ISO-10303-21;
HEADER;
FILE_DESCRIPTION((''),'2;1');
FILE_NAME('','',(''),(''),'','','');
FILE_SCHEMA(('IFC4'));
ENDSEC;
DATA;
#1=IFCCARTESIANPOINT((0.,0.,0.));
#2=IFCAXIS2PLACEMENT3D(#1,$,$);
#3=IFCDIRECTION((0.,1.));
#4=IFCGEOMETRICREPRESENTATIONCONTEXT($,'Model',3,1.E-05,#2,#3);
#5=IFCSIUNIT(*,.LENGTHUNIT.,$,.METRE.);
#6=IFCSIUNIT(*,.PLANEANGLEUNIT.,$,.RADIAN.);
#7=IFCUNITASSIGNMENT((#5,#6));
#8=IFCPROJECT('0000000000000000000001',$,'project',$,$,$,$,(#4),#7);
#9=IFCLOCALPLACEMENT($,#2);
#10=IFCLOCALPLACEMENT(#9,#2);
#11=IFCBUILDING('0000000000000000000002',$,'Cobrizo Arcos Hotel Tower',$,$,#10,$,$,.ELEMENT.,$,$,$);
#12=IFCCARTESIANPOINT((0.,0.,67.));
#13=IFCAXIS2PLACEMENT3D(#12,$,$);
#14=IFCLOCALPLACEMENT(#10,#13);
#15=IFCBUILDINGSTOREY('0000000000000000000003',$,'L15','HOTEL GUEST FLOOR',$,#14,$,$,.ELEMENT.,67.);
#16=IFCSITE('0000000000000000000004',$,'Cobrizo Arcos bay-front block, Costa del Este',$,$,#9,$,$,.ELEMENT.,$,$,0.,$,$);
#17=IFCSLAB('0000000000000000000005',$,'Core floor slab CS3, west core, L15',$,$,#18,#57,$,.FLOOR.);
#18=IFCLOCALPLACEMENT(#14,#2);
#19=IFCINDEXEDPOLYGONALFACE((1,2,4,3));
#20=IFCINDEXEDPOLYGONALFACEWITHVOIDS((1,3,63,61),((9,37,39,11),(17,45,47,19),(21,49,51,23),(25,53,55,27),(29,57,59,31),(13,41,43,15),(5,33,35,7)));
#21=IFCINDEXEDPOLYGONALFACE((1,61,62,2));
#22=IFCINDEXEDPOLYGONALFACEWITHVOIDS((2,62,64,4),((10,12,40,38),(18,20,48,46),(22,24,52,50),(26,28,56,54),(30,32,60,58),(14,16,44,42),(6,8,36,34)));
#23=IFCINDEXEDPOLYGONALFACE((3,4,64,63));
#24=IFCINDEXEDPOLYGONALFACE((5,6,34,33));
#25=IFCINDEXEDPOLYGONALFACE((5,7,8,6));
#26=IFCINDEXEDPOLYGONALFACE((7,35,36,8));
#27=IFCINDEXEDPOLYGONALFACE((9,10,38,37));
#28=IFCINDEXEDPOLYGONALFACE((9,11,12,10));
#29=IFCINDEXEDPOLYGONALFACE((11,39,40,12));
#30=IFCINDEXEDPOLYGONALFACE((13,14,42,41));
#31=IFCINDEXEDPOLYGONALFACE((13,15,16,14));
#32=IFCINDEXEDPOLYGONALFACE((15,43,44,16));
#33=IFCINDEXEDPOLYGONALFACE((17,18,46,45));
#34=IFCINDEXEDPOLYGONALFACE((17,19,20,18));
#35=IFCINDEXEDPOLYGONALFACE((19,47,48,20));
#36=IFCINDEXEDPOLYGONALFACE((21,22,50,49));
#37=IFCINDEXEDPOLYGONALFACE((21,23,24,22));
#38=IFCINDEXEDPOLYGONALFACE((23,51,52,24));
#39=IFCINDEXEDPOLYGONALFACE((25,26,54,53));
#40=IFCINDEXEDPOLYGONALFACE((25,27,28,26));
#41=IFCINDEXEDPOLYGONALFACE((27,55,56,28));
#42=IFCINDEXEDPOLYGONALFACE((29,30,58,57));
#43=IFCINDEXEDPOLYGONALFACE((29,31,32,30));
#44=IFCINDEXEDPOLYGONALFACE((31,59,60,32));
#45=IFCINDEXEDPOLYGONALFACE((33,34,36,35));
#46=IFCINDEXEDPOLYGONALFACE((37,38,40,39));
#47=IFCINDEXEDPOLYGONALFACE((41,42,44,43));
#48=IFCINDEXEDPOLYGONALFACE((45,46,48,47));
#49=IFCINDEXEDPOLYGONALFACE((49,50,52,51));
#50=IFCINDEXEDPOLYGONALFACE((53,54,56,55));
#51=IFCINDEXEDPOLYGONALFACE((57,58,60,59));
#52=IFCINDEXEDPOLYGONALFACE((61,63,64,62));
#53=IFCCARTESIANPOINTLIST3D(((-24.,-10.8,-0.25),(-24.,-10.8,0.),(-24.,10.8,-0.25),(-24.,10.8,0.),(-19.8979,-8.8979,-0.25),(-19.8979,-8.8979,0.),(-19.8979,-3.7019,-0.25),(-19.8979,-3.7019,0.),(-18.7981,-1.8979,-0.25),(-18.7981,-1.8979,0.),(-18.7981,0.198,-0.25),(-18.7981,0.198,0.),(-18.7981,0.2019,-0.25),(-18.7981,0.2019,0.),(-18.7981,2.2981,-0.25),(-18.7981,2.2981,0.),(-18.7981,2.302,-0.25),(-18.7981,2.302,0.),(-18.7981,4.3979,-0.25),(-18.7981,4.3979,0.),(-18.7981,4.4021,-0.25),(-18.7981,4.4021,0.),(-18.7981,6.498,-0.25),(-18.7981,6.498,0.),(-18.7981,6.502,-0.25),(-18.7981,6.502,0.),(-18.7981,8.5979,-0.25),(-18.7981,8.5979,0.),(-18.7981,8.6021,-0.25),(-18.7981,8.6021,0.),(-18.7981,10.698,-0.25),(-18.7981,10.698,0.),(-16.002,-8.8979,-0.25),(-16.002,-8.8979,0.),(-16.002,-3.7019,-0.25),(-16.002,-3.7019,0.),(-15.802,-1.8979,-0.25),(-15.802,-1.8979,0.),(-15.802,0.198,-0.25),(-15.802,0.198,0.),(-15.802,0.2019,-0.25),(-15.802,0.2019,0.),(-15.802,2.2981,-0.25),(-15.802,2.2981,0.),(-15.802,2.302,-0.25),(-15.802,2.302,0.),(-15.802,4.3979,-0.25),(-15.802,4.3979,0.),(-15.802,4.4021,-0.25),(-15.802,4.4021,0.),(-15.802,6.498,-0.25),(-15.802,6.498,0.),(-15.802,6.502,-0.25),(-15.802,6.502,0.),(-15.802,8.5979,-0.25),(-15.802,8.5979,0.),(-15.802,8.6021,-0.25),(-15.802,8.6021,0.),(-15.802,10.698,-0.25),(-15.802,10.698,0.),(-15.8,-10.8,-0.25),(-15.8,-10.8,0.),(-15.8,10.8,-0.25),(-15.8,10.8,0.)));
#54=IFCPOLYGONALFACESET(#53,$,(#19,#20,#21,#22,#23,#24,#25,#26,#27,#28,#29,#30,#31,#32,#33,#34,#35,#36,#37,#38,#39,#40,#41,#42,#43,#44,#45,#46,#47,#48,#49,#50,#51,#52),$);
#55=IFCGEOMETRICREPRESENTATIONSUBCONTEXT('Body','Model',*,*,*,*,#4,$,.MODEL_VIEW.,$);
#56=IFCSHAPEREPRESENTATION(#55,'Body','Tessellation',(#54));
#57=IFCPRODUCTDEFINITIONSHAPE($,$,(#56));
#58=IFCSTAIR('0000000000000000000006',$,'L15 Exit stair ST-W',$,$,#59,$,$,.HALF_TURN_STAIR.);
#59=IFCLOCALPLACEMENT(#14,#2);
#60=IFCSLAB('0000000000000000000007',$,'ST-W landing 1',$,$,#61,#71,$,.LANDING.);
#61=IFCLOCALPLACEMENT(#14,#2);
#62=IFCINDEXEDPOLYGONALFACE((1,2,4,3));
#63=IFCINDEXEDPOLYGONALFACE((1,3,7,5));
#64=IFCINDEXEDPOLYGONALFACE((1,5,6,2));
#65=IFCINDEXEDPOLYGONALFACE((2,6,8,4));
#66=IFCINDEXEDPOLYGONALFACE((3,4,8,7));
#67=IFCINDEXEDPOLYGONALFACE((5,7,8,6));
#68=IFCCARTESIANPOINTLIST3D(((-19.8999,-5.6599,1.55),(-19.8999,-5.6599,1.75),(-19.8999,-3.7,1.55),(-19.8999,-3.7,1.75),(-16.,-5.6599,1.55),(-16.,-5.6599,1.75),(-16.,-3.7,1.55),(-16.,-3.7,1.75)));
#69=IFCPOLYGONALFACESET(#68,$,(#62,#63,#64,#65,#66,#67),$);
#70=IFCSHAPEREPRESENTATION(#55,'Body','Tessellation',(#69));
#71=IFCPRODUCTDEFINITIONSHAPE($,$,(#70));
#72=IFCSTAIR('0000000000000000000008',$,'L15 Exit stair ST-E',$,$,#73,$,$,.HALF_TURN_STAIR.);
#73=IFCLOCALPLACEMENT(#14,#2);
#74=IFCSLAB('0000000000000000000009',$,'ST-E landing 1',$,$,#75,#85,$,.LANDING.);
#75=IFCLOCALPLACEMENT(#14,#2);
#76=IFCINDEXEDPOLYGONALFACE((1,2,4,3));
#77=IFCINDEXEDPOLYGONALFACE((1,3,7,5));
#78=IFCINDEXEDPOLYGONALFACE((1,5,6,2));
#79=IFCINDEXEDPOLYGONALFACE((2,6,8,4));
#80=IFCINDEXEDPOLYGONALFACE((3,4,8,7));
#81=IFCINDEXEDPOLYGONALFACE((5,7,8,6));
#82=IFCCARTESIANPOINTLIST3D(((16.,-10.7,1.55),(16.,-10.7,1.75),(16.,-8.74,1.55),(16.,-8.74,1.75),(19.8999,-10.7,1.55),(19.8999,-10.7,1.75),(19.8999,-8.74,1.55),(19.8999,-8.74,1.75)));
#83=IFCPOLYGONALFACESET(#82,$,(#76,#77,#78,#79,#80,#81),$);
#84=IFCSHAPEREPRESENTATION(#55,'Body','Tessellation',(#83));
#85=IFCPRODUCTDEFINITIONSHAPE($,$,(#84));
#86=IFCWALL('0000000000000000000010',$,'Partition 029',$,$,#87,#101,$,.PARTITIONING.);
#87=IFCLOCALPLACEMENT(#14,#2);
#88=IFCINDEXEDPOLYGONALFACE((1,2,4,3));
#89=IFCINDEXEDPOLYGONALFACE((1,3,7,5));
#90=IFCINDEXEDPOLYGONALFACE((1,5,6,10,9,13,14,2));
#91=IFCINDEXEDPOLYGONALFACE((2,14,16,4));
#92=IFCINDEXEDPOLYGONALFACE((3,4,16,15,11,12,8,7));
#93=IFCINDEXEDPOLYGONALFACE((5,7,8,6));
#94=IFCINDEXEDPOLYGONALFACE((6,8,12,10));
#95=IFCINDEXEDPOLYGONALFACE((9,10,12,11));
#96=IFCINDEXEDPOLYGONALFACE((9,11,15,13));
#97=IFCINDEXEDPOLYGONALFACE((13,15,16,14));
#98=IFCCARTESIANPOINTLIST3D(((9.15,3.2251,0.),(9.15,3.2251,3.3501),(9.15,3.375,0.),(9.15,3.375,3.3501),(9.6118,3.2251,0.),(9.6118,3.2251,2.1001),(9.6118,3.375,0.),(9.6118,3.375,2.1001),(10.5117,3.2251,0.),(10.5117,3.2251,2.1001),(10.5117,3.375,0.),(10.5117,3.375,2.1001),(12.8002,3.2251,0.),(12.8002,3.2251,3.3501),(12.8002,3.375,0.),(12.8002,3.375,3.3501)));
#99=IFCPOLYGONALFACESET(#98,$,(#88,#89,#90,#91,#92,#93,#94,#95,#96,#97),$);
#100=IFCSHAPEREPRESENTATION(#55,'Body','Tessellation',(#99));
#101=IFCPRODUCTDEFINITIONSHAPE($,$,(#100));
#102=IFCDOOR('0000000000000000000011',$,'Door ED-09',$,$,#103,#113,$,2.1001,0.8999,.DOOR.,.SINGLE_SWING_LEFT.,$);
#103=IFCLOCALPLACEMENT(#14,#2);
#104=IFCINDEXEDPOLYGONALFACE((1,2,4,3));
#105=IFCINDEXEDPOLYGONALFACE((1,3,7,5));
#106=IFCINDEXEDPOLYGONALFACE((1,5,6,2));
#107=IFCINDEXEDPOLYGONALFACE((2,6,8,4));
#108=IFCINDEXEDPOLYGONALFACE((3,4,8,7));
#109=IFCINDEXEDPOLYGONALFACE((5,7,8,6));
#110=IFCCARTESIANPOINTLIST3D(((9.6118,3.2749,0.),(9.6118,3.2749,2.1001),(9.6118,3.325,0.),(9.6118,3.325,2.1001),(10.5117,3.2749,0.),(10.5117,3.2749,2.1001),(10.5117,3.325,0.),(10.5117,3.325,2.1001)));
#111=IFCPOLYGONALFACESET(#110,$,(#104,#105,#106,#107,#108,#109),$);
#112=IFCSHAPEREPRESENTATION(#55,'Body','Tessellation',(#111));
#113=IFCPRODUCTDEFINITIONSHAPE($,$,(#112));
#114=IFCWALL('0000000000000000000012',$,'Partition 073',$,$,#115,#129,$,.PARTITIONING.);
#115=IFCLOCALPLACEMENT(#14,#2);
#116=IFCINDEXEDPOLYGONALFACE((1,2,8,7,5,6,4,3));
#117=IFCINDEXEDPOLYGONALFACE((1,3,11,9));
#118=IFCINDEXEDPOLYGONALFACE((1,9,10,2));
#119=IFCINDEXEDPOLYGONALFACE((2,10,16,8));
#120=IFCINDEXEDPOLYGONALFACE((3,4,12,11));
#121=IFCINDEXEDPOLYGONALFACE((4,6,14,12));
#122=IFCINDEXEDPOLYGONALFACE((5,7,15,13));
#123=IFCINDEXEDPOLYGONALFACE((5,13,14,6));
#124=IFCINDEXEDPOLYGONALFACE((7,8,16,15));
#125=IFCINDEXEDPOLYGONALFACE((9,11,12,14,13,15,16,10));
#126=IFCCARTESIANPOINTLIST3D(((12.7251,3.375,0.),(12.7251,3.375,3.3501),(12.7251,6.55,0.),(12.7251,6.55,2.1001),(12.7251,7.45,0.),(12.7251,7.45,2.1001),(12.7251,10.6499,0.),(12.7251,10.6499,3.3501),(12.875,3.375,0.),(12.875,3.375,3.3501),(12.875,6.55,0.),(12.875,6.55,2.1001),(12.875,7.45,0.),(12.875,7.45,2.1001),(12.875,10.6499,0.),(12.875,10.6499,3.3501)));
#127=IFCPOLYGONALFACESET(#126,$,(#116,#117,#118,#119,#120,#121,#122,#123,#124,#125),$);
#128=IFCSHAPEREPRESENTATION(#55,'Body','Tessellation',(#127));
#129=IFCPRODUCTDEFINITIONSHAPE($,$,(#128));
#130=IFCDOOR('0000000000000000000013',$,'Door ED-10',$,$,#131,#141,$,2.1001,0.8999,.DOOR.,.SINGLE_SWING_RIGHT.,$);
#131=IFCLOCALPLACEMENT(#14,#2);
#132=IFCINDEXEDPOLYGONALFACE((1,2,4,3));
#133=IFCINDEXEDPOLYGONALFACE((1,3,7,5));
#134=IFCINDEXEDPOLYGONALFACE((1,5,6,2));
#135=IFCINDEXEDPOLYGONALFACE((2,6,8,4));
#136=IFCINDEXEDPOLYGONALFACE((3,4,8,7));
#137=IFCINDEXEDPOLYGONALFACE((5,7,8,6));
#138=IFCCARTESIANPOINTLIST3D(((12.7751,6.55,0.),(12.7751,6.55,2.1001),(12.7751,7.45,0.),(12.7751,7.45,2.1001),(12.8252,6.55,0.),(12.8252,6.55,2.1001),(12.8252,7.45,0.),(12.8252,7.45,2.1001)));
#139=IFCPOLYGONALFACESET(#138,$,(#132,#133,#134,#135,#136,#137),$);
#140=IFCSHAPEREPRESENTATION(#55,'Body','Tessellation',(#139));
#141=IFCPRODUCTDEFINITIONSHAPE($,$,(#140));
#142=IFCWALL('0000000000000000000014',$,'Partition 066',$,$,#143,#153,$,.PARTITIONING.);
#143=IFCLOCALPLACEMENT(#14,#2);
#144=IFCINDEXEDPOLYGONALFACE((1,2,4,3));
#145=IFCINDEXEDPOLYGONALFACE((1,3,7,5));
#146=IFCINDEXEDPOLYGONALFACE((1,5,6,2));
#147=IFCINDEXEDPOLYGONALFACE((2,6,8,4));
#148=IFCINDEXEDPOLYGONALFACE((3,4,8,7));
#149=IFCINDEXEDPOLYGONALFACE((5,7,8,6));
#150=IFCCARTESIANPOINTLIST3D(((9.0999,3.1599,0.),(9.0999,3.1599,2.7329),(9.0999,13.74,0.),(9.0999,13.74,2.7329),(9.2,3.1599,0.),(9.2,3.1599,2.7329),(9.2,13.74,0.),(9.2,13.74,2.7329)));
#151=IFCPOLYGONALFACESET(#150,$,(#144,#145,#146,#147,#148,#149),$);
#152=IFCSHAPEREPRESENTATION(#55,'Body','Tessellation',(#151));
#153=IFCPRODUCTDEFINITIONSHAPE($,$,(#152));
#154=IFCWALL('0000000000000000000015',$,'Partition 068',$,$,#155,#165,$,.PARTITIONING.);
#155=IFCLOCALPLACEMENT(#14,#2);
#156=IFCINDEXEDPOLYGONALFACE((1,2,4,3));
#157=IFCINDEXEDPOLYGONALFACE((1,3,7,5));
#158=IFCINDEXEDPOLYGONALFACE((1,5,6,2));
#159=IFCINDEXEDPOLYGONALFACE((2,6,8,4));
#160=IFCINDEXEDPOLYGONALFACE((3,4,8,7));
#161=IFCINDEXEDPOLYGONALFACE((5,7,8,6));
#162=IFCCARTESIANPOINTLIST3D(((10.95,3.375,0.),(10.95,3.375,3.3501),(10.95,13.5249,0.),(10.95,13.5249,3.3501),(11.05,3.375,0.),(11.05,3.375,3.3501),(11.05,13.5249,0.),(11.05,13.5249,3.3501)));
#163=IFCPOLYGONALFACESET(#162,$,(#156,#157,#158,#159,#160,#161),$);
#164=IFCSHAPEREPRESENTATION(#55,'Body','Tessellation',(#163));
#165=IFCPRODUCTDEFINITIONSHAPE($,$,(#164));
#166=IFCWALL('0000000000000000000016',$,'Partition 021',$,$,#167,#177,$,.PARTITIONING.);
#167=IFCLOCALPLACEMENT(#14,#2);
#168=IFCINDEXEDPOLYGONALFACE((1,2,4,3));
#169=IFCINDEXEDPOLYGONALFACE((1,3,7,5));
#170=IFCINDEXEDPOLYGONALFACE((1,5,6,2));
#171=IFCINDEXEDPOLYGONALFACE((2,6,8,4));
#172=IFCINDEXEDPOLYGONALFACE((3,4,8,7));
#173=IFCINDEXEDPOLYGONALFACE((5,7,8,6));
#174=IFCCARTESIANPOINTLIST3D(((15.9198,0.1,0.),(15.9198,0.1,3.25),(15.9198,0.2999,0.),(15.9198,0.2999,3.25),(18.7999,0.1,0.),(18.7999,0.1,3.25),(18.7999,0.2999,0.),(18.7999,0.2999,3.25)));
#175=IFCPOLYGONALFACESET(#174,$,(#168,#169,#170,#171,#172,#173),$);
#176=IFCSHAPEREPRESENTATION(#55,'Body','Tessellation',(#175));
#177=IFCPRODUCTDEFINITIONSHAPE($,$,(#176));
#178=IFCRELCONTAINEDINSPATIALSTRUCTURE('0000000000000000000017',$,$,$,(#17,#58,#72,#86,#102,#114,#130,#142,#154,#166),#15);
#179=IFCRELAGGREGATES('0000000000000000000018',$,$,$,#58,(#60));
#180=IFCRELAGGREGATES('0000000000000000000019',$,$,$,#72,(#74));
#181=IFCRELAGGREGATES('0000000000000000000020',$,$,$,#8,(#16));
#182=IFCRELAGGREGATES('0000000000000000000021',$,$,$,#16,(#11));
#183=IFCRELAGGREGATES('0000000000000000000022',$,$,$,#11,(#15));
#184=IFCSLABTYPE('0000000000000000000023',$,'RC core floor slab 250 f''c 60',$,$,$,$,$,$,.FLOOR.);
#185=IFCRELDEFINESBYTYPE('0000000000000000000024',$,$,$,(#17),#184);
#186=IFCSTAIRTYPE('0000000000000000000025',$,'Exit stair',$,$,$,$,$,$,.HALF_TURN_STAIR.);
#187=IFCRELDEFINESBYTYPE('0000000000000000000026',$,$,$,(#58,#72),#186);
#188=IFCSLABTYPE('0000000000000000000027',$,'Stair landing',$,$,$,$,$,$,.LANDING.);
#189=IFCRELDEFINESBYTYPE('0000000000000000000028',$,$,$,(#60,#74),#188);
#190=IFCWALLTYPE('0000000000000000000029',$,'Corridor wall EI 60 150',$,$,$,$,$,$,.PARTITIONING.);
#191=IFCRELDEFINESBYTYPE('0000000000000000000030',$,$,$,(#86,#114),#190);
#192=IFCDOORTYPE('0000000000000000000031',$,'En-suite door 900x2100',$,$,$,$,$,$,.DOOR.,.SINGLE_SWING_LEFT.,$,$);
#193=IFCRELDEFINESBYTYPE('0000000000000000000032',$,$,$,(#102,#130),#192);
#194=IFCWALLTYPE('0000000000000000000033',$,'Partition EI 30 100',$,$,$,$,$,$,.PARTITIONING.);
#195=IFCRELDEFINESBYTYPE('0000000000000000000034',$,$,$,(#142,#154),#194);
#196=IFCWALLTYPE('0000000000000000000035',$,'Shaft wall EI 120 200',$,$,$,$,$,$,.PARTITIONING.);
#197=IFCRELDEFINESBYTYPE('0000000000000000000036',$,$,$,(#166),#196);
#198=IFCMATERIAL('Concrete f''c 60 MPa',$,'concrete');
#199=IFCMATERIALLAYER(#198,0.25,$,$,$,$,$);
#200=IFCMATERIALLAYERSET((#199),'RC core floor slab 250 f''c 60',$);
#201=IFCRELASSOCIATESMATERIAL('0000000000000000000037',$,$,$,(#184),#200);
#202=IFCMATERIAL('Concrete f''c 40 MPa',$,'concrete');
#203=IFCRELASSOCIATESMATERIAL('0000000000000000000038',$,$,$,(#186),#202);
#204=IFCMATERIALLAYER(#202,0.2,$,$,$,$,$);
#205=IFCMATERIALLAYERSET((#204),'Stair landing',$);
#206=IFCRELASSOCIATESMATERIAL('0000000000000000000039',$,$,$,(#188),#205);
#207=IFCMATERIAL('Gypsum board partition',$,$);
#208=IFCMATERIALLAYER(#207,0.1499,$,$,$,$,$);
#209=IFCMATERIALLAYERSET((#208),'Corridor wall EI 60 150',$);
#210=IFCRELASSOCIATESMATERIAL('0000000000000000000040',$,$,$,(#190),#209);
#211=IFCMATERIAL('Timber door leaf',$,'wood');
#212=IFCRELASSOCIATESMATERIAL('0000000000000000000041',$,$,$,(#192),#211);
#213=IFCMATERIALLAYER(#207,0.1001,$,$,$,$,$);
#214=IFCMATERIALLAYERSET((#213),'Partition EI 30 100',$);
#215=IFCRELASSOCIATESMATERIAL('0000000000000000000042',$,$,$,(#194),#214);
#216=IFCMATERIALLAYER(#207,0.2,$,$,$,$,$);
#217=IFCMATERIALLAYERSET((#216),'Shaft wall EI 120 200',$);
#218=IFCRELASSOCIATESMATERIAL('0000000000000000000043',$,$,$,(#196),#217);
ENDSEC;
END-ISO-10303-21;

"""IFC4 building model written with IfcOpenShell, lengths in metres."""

from ifc_helpers import new_model, si_unit, direction, frame, frame_2d, origin, place, context, subcontext, project, spatial, polyline, rectangle, outline, extrude, material, layer, layer_set, type_object, element, fill, aggregate, save


model = new_model("IFC4")

# Units and contexts
model_context = context("Model", 3, precision=1e-05, world=origin(), true_north=direction((0.0, 1.0)))
body_context = subcontext(model_context, "Body", "Model", "MODEL_VIEW")
ifc_project = project(units=[si_unit("LENGTHUNIT", "METRE"), si_unit("PLANEANGLEUNIT", "RADIAN")], contexts=[model_context])

# Site, building, storey
site_placement = place(None, origin())
site = spatial("IfcSite", under=ifc_project, at=site_placement, Name="Cobrizo Arcos bay-front block, Costa del Este", CompositionType="ELEMENT", RefElevation=0.0)
building_placement = place(site_placement, origin())
building = spatial("IfcBuilding", under=site, at=building_placement, Name="Cobrizo Arcos Hotel Tower", CompositionType="ELEMENT")
storey_placement = place(building_placement, frame((0.0, 0.0, 67.0)))
storey = spatial("IfcBuildingStorey", under=building, at=storey_placement, Name="L15", Description="HOTEL GUEST FLOOR", CompositionType="ELEMENT", Elevation=67.0)

# Slab
ifc_material_1 = material(Name="Concrete f'c 60 MPa", Category="concrete")
ifc_layer_1 = layer(ifc_material_1, 0.25)
ifc_layer_set_1 = layer_set([ifc_layer_1], Name="RC core floor slab 250 f'c 60")
slab_type_1 = type_object("IfcSlabType", Name="RC core floor slab 250 f'c 60", PredefinedType="FLOOR", material=ifc_layer_set_1)
slab_1_placement = place(storey_placement, frame((0.0, 0.0, -0.25)))
element("IfcSlab", 1, at=slab_1_placement, inside=storey, type_object=slab_type_1, Name="Core floor slab CS3, west core, L15", PredefinedType="FLOOR", context=body_context, shape_type="SweptSolid", body=[
    extrude(outline(polyline([(-24.0, 10.8), (-15.8, 10.8), (-15.8, -10.8), (-24.0, -10.8), (-24.0, 10.8)]), holes=[polyline([(-19.8979, -3.7019), (-19.8979, -8.8979), (-16.002, -8.8979), (-16.002, -3.7019), (-19.8979, -3.7019)]), polyline([(-18.7981, 0.198), (-18.7981, -1.8979), (-15.802, -1.8979), (-15.802, 0.198), (-18.7981, 0.198)]), polyline([(-15.802, 2.2981), (-18.7981, 2.2981), (-18.7981, 0.2019), (-15.802, 0.2019), (-15.802, 2.2981)]), polyline([(-15.802, 4.3979), (-18.7981, 4.3979), (-18.7981, 2.302), (-15.802, 2.302), (-15.802, 4.3979)]), polyline([(-18.7981, 6.498), (-18.7981, 4.4021), (-15.802, 4.4021), (-15.802, 6.498), (-18.7981, 6.498)]), polyline([(-15.802, 8.5979), (-18.7981, 8.5979), (-18.7981, 6.502), (-15.802, 6.502), (-15.802, 8.5979)]), polyline([(-15.802, 10.698), (-18.7981, 10.698), (-18.7981, 8.6021), (-15.802, 8.6021), (-15.802, 10.698)])]), origin(), (0.0, 0.0, 1.0), 0.25),
])

# Stairs, slabs
ifc_material_2 = material(Name="Concrete f'c 40 MPa", Category="concrete")
stair_type = type_object("IfcStairType", Name="Exit stair", PredefinedType="HALF_TURN_STAIR", material=ifc_material_2)
stair_1_placement = place(storey_placement, origin())
stair_1 = element("IfcStair", 2, at=stair_1_placement, inside=storey, type_object=stair_type, Name="L15 Exit stair ST-W", PredefinedType="HALF_TURN_STAIR")
ifc_layer_2 = layer(ifc_material_2, 0.2)
ifc_layer_set_2 = layer_set([ifc_layer_2], Name="Stair landing")
slab_type_2 = type_object("IfcSlabType", Name="Stair landing", PredefinedType="LANDING", material=ifc_layer_set_2)
slab_2_placement = place(storey_placement, frame((0.0, 0.0, 1.55)))
slab_2 = element("IfcSlab", 3, at=slab_2_placement, type_object=slab_type_2, Name="ST-W landing 1", PredefinedType="LANDING", context=body_context, shape_type="SweptSolid", body=[
    extrude(outline(polyline([(-16.0, -5.6599), (-16.0, -3.7), (-19.8999, -3.7), (-19.8999, -5.6599), (-16.0, -5.6599)])), origin(), (0.0, 0.0, 1.0), 0.2),
])
aggregate(stair_1, [slab_2])
stair_2_placement = place(storey_placement, origin())
stair_2 = element("IfcStair", 4, at=stair_2_placement, inside=storey, type_object=stair_type, Name="L15 Exit stair ST-E", PredefinedType="HALF_TURN_STAIR")
slab_3_placement = place(storey_placement, frame((0.0, 0.0, 1.55)))
slab_3 = element("IfcSlab", 5, at=slab_3_placement, type_object=slab_type_2, Name="ST-E landing 1", PredefinedType="LANDING", context=body_context, shape_type="SweptSolid", body=[
    extrude(outline(polyline([(16.0, -8.74), (16.0, -10.7), (19.8999, -10.7), (19.8999, -8.74), (16.0, -8.74)])), origin(), (0.0, 0.0, 1.0), 0.2),
])
aggregate(stair_2, [slab_3])

# Walls, openings, doors
ifc_material_3 = material(Name="Gypsum board partition")
ifc_layer_3 = layer(ifc_material_3, 0.1499)
ifc_layer_set_3 = layer_set([ifc_layer_3], Name="Corridor wall EI 60 150")
wall_type_1 = type_object("IfcWallType", Name="Corridor wall EI 60 150", PredefinedType="PARTITIONING", material=ifc_layer_set_3)
wall_1_placement = place(storey_placement, frame((9.1499, 3.3, 0.0), z_axis=(0.0, 0.0, 1.0), x_axis=(1.0, 0.0, 0.0)))
wall_1 = element("IfcWall", 6, at=wall_1_placement, inside=storey, type_object=wall_type_1, Name="Partition 029", PredefinedType="PARTITIONING", context=body_context, shape_type="SweptSolid", body=[
    extrude(rectangle(XDim=3.6501, YDim=0.1499, at=frame_2d((1.8252, 0.0))), origin(), (0.0, 0.0, 1.0), 3.3501),
])
opening_1_placement = place(wall_1_placement, frame((0.4619, 0.0, 0.0)))
opening_1 = element("IfcOpeningElement", 7, at=opening_1_placement, cuts=wall_1, PredefinedType="OPENING", context=body_context, shape_type="SweptSolid", body=[
    extrude(rectangle(XDim=0.8999, YDim=2.1001, at=frame_2d((0.45, 1.05))), frame((0.0, 0.0869, 0.0), z_axis=(0.0, -1.0, 0.0), x_axis=(1.0, 0.0, 0.0)), (0.0, 0.0, 1.0), 0.1738),
])
ifc_material_4 = material(Name="Timber door leaf", Category="wood")
door_type_1 = type_object("IfcDoorType", Name="En-suite door 900x2100", OperationType="SINGLE_SWING_LEFT", PredefinedType="DOOR", material=ifc_material_4)
door_1_placement = place(opening_1_placement, origin())
door_1 = element("IfcDoor", 8, at=door_1_placement, inside=storey, type_object=door_type_1, Name="Door ED-09", OperationType="SINGLE_SWING_LEFT", OverallHeight=2.1001, OverallWidth=0.8999, PredefinedType="DOOR", context=body_context, shape_type="SweptSolid", body=[
    extrude(rectangle(XDim=0.8999, YDim=2.1001, at=frame_2d((0.45, 1.05))), frame((0.0, 0.0249, 0.0), z_axis=(0.0, -1.0, 0.0), x_axis=(1.0, 0.0, 0.0)), (0.0, 0.0, 1.0), 0.05),
])
fill(opening_1, door_1)
wall_2_placement = place(storey_placement, frame((12.8, 3.375, 0.0), z_axis=(0.0, 0.0, 1.0), x_axis=(0.0, 1.0, 0.0)))
wall_2 = element("IfcWall", 9, at=wall_2_placement, inside=storey, type_object=wall_type_1, Name="Partition 073", PredefinedType="PARTITIONING", context=body_context, shape_type="SweptSolid", body=[
    extrude(rectangle(XDim=7.2749, YDim=0.1499, at=frame_2d((3.6375, 0.0))), origin(), (0.0, 0.0, 1.0), 3.3501),
])
opening_2_placement = place(wall_2_placement, frame((3.175, 0.0, 0.0)))
opening_2 = element("IfcOpeningElement", 10, at=opening_2_placement, cuts=wall_2, PredefinedType="OPENING", context=body_context, shape_type="SweptSolid", body=[
    extrude(rectangle(XDim=0.8999, YDim=2.1001, at=frame_2d((0.45, 1.05))), frame((0.0, 0.0869, 0.0), z_axis=(0.0, -1.0, 0.0), x_axis=(1.0, 0.0, 0.0)), (0.0, 0.0, 1.0), 0.1738),
])
door_2_placement = place(opening_2_placement, origin())
door_2 = element("IfcDoor", 11, at=door_2_placement, inside=storey, type_object=door_type_1, Name="Door ED-10", OperationType="SINGLE_SWING_RIGHT", OverallHeight=2.1001, OverallWidth=0.8999, PredefinedType="DOOR", context=body_context, shape_type="SweptSolid", body=[
    extrude(rectangle(XDim=0.8999, YDim=2.1001, at=frame_2d((0.45, 1.05))), frame((0.0, 0.0249, 0.0), z_axis=(0.0, -1.0, 0.0), x_axis=(1.0, 0.0, 0.0)), (0.0, 0.0, 1.0), 0.05),
])
fill(opening_2, door_2)

# Walls
ifc_layer_4 = layer(ifc_material_3, 0.1001)
ifc_layer_set_4 = layer_set([ifc_layer_4], Name="Partition EI 30 100")
wall_type_2 = type_object("IfcWallType", Name="Partition EI 30 100", PredefinedType="PARTITIONING", material=ifc_layer_set_4)
wall_3_placement = place(storey_placement, frame((9.1499, 3.1599, 0.0), z_axis=(0.0, 0.0, 1.0), x_axis=(0.0, 1.0, 0.0)))
element("IfcWall", 12, at=wall_3_placement, inside=storey, type_object=wall_type_2, Name="Partition 066", PredefinedType="PARTITIONING", context=body_context, shape_type="SweptSolid", body=[
    extrude(rectangle(XDim=10.5801, YDim=0.1001, at=frame_2d((5.29, 0.0))), origin(), (0.0, 0.0, 1.0), 2.7329),
])
wall_4_placement = place(storey_placement, frame((11.0, 3.375, 0.0), z_axis=(0.0, 0.0, 1.0), x_axis=(0.0, 1.0, 0.0)))
element("IfcWall", 13, at=wall_4_placement, inside=storey, type_object=wall_type_2, Name="Partition 068", PredefinedType="PARTITIONING", context=body_context, shape_type="SweptSolid", body=[
    extrude(rectangle(XDim=10.1499, YDim=0.1001, at=frame_2d((5.075, 0.0))), origin(), (0.0, 0.0, 1.0), 3.3501),
])
ifc_layer_5 = layer(ifc_material_3, 0.2)
ifc_layer_set_5 = layer_set([ifc_layer_5], Name="Shaft wall EI 120 200")
wall_type_3 = type_object("IfcWallType", Name="Shaft wall EI 120 200", PredefinedType="PARTITIONING", material=ifc_layer_set_5)
wall_5_placement = place(storey_placement, frame((15.9199, 0.2, 0.0), z_axis=(0.0, 0.0, 1.0), x_axis=(1.0, 0.0, 0.0)))
element("IfcWall", 14, at=wall_5_placement, inside=storey, type_object=wall_type_3, Name="Partition 021", PredefinedType="PARTITIONING", context=body_context, shape_type="SweptSolid", body=[
    extrude(rectangle(XDim=2.8801, YDim=0.2, at=frame_2d((1.4399, 0.0))), origin(), (0.0, 0.0, 1.0), 3.25),
])

save(model, "model.ifc")
